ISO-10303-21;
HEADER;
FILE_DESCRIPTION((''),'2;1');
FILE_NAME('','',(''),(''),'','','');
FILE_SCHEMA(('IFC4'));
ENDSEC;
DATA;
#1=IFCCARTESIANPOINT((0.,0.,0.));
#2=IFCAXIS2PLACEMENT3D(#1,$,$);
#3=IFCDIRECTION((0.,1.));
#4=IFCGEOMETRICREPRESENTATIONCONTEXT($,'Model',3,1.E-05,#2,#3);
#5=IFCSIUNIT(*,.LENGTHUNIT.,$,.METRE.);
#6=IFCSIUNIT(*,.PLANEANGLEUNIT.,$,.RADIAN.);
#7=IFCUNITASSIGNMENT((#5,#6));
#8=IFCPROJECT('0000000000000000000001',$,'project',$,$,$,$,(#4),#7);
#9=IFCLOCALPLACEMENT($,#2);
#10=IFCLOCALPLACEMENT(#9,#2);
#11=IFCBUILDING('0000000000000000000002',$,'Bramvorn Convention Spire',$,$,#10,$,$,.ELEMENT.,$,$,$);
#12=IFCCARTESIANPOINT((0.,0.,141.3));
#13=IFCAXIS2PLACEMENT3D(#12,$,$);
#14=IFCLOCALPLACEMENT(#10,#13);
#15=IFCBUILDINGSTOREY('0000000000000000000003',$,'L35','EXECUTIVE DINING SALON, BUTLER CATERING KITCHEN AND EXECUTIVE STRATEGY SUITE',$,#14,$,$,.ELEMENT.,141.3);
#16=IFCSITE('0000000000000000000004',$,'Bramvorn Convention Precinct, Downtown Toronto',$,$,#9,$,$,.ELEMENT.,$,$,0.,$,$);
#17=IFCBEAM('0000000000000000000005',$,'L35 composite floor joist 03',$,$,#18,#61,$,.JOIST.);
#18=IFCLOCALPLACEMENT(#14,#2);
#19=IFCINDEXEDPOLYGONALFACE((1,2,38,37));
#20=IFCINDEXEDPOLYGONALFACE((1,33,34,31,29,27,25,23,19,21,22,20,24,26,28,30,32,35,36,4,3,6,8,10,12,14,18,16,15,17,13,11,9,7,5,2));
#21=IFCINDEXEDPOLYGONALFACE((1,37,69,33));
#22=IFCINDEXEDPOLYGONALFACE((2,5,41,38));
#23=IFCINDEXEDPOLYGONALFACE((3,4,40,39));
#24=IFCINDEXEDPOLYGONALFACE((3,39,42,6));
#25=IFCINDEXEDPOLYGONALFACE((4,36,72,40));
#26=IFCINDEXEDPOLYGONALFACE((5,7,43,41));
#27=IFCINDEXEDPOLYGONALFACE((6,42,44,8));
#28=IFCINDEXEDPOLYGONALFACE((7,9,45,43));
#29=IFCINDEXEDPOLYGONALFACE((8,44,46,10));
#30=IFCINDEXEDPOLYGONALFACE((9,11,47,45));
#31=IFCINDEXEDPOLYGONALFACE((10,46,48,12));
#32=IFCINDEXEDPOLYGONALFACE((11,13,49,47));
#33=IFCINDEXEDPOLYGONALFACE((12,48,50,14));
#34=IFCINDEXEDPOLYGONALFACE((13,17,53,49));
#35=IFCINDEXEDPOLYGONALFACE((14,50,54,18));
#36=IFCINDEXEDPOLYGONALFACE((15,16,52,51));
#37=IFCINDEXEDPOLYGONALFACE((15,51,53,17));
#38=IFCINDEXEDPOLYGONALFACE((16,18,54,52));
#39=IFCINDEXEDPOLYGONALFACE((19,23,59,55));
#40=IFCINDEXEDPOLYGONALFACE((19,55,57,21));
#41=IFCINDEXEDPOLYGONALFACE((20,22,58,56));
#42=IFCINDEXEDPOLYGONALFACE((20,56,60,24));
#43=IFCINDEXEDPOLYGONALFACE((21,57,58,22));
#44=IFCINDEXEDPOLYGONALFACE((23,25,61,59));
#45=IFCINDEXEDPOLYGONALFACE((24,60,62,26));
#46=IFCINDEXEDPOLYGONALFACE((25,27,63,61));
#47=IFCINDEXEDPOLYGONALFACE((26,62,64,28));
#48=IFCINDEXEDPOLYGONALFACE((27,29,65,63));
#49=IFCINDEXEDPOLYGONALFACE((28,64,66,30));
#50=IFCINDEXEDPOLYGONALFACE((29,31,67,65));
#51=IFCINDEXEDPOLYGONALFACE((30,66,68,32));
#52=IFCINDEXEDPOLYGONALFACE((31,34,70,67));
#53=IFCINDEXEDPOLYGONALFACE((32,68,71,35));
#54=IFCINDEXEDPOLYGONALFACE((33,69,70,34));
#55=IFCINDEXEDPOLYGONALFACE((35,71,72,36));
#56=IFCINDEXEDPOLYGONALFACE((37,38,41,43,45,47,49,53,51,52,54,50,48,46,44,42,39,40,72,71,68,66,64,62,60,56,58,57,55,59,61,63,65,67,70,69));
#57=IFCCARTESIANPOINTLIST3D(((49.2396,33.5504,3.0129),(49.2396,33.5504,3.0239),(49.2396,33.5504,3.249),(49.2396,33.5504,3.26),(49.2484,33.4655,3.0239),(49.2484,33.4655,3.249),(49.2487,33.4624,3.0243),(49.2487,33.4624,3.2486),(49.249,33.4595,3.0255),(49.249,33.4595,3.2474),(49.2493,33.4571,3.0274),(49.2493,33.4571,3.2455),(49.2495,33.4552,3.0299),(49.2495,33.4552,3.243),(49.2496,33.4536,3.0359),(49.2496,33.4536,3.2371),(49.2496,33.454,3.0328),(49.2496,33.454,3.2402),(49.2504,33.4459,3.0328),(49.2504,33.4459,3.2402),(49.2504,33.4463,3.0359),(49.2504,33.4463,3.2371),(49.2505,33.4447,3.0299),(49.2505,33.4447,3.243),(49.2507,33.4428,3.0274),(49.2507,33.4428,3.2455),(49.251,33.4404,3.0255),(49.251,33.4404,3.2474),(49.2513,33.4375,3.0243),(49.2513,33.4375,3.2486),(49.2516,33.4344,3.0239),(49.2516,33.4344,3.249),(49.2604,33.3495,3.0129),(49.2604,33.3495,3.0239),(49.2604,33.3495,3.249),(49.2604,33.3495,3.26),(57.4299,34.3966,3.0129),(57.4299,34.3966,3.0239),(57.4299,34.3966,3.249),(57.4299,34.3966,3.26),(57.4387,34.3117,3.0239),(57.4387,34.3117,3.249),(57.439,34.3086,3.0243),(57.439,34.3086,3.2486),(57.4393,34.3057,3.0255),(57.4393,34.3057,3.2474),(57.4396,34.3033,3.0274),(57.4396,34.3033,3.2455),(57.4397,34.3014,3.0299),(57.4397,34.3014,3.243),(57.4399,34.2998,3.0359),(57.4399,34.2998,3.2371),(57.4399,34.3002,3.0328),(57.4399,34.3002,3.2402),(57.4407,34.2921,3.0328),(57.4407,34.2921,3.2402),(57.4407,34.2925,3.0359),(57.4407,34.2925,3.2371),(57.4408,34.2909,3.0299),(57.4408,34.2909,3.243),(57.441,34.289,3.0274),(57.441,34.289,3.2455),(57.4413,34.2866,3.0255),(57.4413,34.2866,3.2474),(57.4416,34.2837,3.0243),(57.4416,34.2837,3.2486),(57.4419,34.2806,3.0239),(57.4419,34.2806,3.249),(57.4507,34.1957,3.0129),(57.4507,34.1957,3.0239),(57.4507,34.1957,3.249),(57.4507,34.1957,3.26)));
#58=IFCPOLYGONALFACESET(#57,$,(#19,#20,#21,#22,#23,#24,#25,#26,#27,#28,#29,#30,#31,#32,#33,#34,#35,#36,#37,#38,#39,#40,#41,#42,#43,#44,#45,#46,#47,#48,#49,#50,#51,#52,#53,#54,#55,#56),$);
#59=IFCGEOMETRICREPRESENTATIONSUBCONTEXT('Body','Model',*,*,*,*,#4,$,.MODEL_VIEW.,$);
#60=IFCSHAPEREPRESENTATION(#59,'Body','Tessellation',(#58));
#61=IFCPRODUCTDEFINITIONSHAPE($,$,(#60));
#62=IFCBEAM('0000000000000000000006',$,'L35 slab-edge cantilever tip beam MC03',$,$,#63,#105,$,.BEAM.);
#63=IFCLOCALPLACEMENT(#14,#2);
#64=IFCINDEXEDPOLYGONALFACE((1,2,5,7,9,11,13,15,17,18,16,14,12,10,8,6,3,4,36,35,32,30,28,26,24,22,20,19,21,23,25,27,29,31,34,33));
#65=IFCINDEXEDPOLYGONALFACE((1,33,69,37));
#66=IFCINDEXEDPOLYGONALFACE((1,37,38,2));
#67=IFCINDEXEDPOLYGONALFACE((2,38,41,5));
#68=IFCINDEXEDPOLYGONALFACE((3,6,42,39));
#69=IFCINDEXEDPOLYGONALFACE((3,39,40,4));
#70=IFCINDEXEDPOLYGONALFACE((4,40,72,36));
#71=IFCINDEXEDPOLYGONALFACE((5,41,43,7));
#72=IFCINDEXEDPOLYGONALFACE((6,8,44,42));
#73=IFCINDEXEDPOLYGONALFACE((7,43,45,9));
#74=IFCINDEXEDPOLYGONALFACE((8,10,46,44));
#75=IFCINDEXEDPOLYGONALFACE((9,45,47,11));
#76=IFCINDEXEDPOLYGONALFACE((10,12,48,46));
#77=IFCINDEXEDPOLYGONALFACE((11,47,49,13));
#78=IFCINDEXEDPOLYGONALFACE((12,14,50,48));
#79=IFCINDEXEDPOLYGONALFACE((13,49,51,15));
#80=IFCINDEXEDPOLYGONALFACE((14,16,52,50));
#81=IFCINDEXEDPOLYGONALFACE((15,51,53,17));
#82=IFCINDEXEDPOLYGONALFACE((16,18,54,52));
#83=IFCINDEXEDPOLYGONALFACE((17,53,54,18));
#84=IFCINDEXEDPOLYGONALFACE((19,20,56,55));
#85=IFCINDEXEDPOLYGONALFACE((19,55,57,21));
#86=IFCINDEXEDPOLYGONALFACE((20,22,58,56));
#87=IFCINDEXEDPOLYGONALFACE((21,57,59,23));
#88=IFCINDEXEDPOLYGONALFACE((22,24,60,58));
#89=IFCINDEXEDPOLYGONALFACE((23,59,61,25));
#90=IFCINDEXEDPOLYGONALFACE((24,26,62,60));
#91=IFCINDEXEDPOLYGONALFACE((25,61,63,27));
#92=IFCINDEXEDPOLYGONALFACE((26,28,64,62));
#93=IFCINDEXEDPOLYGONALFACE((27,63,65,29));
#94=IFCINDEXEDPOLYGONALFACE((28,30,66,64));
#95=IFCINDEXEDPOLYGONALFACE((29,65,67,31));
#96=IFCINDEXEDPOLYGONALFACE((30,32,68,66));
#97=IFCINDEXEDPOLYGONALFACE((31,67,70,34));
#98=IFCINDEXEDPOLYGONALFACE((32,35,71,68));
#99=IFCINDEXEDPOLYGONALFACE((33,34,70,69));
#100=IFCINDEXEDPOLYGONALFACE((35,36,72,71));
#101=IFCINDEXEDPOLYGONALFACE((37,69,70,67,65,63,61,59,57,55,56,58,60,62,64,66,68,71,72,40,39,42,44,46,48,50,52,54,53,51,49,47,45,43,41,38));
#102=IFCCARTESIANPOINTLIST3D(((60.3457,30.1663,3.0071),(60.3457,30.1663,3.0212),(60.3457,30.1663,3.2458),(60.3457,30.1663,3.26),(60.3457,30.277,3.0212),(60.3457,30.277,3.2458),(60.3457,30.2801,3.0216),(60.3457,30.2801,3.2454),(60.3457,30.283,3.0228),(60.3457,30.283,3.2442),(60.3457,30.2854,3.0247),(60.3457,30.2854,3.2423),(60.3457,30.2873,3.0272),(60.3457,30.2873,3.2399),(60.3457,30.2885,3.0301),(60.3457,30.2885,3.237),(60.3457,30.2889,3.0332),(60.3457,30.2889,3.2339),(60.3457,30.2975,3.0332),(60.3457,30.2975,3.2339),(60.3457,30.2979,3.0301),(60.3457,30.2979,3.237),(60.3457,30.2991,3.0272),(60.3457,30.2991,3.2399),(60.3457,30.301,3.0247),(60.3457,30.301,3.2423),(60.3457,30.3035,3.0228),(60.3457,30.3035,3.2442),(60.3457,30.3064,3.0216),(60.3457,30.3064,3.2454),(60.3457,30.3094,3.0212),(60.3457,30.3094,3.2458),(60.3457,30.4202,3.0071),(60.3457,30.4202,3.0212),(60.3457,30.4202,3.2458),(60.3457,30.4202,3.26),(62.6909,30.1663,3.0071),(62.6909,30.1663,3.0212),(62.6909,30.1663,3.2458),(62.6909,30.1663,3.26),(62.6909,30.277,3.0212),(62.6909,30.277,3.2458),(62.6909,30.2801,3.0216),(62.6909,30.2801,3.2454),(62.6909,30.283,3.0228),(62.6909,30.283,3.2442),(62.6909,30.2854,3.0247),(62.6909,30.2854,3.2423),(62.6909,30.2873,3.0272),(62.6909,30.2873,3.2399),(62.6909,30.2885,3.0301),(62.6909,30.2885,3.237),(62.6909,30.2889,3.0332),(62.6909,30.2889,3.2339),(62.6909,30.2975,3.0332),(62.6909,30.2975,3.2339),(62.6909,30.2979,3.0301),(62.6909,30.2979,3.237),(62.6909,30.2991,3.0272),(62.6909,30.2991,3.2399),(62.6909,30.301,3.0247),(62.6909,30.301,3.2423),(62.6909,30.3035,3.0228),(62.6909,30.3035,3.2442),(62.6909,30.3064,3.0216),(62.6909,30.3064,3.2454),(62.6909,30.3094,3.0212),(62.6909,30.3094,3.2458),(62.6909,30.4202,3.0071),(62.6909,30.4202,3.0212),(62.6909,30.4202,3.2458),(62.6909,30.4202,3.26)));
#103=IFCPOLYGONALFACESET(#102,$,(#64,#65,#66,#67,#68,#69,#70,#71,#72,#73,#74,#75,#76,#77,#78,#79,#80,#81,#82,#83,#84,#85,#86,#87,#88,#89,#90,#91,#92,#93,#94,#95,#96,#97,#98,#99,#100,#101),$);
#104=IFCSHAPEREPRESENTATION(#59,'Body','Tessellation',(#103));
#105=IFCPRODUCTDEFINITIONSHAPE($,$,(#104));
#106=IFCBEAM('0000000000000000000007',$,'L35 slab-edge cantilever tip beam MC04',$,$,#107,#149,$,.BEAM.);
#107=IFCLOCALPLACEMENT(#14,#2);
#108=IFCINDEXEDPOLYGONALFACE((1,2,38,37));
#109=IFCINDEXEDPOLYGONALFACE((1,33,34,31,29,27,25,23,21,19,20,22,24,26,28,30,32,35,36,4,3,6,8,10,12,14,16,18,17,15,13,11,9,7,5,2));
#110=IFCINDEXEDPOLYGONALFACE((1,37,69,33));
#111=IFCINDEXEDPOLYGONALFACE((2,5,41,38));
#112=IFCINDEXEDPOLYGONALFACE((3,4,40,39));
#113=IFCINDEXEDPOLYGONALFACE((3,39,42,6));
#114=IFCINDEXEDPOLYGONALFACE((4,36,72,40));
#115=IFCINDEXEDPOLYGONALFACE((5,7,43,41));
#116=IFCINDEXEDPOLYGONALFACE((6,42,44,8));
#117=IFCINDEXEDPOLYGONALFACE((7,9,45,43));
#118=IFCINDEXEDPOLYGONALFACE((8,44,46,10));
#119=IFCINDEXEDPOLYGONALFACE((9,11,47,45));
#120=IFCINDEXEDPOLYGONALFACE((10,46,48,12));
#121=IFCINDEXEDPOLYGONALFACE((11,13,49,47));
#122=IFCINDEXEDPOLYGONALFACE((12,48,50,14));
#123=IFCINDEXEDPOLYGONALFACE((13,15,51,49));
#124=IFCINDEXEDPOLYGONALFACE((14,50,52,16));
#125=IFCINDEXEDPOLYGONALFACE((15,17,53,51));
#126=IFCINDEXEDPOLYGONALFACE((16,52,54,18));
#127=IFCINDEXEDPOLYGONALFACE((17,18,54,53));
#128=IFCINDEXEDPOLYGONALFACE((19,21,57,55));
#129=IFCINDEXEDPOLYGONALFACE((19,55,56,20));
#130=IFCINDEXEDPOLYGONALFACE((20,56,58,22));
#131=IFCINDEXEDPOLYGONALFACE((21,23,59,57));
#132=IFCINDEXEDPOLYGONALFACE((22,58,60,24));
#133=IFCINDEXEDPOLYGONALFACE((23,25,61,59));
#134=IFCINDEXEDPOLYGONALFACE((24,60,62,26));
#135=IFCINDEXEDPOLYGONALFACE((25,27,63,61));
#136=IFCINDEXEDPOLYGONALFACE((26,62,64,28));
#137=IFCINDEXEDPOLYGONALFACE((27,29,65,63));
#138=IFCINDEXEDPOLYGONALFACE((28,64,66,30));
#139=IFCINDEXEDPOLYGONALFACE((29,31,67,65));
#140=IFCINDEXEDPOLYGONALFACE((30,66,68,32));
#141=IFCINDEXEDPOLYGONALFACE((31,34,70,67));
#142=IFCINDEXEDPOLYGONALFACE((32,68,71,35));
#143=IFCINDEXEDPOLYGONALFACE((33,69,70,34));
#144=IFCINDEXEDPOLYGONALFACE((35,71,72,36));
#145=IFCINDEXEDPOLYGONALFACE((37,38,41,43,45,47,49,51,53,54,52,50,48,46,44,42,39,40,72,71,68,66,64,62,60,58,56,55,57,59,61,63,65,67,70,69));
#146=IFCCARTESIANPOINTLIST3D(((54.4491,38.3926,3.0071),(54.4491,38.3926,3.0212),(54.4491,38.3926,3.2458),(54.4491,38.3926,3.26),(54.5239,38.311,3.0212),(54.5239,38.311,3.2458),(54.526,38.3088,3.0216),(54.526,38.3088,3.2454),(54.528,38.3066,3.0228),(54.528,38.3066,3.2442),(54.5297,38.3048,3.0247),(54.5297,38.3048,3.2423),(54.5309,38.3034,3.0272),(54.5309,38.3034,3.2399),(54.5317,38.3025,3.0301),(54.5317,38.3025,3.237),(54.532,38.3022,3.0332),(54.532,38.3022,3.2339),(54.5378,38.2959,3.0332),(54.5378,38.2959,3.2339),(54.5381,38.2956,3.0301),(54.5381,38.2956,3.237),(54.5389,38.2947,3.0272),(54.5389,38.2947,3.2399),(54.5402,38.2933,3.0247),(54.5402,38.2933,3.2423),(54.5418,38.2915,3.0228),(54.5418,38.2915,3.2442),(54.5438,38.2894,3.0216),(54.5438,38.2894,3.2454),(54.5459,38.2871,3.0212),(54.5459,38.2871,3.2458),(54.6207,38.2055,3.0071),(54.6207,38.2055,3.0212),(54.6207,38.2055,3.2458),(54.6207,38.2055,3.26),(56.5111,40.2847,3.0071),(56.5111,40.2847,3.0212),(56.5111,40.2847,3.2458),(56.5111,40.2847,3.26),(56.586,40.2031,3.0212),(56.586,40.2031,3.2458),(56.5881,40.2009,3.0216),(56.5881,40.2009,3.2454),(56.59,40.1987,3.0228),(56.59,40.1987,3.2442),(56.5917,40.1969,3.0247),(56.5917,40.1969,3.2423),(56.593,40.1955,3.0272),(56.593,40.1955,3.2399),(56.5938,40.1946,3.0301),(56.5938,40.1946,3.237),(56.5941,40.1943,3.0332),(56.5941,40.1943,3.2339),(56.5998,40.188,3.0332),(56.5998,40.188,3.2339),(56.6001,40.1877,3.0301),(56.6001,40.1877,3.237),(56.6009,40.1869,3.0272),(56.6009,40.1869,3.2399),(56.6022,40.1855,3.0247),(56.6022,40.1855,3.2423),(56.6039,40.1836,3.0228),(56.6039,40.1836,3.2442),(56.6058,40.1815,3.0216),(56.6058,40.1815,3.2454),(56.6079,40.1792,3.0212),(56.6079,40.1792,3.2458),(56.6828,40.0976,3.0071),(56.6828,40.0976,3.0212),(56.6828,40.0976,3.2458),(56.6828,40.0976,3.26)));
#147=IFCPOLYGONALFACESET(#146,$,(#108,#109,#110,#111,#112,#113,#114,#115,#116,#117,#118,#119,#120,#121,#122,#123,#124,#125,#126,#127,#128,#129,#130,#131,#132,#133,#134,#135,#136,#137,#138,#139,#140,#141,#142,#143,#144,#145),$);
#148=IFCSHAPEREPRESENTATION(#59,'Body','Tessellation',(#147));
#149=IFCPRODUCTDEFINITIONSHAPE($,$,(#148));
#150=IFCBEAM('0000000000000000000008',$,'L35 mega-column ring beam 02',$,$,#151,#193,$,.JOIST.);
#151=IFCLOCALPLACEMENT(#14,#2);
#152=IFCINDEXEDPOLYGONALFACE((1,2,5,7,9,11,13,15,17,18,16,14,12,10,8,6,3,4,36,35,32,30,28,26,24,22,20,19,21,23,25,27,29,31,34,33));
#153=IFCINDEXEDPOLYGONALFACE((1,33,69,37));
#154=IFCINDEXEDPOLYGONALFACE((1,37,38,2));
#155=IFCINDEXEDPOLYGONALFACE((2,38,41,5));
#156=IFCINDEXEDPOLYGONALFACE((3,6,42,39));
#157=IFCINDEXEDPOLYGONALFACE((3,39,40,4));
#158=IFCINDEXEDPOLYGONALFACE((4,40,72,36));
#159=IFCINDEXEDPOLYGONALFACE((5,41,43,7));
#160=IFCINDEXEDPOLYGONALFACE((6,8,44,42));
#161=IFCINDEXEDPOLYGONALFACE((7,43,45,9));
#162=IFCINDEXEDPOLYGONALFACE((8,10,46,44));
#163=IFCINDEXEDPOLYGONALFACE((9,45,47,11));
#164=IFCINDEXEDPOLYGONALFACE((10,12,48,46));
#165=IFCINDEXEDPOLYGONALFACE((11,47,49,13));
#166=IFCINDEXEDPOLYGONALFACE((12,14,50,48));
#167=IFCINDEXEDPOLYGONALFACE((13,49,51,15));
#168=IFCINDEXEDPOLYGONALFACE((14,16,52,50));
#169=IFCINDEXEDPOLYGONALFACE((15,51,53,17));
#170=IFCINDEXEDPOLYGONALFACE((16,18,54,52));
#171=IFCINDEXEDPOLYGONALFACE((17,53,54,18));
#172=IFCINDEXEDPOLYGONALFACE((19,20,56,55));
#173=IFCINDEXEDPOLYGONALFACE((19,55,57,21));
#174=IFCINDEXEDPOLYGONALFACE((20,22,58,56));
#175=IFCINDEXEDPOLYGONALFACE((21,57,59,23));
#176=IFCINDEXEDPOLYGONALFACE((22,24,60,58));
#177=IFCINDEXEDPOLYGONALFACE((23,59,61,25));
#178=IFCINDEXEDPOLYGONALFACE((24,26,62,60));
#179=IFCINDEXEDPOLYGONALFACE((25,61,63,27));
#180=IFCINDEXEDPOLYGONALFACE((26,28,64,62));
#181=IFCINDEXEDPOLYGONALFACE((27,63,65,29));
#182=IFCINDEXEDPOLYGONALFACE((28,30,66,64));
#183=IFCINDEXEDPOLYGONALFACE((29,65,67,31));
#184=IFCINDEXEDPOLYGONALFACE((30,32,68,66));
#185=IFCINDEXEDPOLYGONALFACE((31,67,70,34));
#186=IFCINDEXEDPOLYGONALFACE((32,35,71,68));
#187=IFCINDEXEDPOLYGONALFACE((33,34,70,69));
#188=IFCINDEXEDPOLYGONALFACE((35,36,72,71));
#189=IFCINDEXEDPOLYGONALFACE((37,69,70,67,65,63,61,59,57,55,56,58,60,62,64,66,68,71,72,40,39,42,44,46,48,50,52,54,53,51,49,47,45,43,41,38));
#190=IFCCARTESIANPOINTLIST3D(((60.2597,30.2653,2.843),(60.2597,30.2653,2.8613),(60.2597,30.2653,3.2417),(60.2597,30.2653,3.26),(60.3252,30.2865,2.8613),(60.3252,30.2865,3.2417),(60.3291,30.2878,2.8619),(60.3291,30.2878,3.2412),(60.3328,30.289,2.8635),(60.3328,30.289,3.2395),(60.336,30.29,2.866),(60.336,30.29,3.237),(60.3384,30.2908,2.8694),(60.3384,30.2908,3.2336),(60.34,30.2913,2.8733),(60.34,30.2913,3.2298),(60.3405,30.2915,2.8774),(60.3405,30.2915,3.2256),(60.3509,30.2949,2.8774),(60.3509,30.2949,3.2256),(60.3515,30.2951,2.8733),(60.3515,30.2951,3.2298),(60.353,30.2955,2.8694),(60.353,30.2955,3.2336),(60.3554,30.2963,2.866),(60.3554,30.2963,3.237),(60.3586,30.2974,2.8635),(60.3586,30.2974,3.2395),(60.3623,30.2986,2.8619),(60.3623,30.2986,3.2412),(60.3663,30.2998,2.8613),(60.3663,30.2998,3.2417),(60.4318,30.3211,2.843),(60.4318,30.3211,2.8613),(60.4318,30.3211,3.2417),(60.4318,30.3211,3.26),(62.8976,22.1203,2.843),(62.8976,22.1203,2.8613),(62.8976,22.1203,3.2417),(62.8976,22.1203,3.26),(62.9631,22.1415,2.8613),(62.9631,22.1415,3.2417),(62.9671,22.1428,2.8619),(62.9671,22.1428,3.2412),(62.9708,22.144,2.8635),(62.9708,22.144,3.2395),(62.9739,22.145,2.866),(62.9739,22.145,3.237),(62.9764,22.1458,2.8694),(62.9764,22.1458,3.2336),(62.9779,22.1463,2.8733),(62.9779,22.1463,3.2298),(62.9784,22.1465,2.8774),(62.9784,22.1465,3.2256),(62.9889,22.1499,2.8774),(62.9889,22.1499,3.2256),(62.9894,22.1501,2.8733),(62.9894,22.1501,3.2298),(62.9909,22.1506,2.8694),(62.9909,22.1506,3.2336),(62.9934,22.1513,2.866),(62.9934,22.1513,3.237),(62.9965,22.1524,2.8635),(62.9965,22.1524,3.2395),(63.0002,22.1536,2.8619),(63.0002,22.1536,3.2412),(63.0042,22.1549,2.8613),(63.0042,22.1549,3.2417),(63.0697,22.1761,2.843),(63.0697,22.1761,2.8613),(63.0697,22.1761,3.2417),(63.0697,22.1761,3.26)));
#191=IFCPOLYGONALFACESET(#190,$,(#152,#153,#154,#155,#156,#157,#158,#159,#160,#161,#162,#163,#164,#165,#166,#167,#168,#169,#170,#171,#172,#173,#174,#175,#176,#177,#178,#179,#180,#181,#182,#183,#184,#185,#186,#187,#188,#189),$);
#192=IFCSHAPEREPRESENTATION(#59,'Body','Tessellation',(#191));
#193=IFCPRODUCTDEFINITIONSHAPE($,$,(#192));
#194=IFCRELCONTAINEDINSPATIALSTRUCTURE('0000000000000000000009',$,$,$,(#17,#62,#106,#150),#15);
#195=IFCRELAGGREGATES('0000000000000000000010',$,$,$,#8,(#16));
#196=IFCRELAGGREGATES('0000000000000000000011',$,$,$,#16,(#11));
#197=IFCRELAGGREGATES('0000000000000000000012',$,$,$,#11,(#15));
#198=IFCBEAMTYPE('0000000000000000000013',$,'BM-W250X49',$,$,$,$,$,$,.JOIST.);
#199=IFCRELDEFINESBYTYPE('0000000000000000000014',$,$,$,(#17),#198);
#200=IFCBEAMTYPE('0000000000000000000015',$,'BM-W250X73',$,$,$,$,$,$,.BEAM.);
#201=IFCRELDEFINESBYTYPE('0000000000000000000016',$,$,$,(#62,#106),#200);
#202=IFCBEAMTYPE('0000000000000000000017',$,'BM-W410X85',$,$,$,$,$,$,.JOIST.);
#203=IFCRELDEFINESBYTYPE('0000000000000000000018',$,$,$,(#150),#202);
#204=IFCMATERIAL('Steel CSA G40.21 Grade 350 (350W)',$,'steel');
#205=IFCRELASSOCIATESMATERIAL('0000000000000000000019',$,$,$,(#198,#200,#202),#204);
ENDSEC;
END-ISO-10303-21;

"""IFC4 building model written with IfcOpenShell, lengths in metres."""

from ifc_helpers import new_model, si_unit, direction, frame, origin, origin_2d, place, context, subcontext, project, spatial, i_section, extrude, material, material_profile, profile_set, type_object, element, save


model = new_model("IFC4")

# Units and contexts
model_context = context("Model", 3, precision=1e-05, world=origin(), true_north=direction((0.0, 1.0)))
body_context = subcontext(model_context, "Body", "Model", "MODEL_VIEW")
ifc_project = project(units=[si_unit("LENGTHUNIT", "METRE"), si_unit("PLANEANGLEUNIT", "RADIAN")], contexts=[model_context])

# Site, building, storey
site_placement = place(None, origin())
site = spatial("IfcSite", under=ifc_project, at=site_placement, Name="Bramvorn Convention Precinct, Downtown Toronto", CompositionType="ELEMENT", RefElevation=0.0)
building_placement = place(site_placement, origin())
building = spatial("IfcBuilding", under=site, at=building_placement, Name="Bramvorn Convention Spire", CompositionType="ELEMENT")
storey_placement = place(building_placement, frame((0.0, 0.0, 141.3)))
storey = spatial("IfcBuildingStorey", under=building, at=storey_placement, Name="L35", Description="EXECUTIVE DINING SALON, BUTLER CATERING KITCHEN AND EXECUTIVE STRATEGY SUITE", CompositionType="ELEMENT", Elevation=141.3)

# Shared definitions
ifc_material_1 = material(Name="Steel CSA G40.21 Grade 350 (350W)", Category="steel")

# Beams
ifc_material_profile_1 = material_profile(ifc_material_1, i_section(OverallWidth=0.2019, OverallDepth=0.2471, WebThickness=0.0073, FlangeThickness=0.011, FilletRadius=0.012, at=origin_2d()))
ifc_profile_set_1 = profile_set([ifc_material_profile_1], Name="Steel CSA G40.21 Grade 350 (350W) - W250X49")
beam_type_1 = type_object("IfcBeamType", Name="BM-W250X49", PredefinedType="JOIST", material=ifc_profile_set_1)
beam_1_placement = place(storey_placement, frame((49.25, 33.45, 3.1365), z_axis=(0.994705, 0.102771, 0.0), x_axis=(-0.102771, 0.994705, 0.0)))
element("IfcBeam", 1, at=beam_1_placement, inside=storey, type_object=beam_type_1, Name="L35 composite floor joist 03", PredefinedType="JOIST", context=body_context, shape_type="SweptSolid", body=[
    extrude(i_section(OverallWidth=0.2019, OverallDepth=0.2471, WebThickness=0.0073, FlangeThickness=0.011, FilletRadius=0.012, at=origin_2d()), origin(), (0.0, 0.0, 1.0), 8.2339),
])
ifc_material_profile_2 = material_profile(ifc_material_1, i_section(OverallWidth=0.2539, OverallDepth=0.2529, WebThickness=0.0085, FlangeThickness=0.0142, FilletRadius=0.012, at=origin_2d()))
ifc_profile_set_2 = profile_set([ifc_material_profile_2], Name="Steel CSA G40.21 Grade 350 (350W) - W250X73")
beam_type_2 = type_object("IfcBeamType", Name="BM-W250X73", PredefinedType="BEAM", material=ifc_profile_set_2)
beam_2_placement = place(storey_placement, frame((60.3457, 30.2932, 3.1335), z_axis=(1.0, 0.0, 0.0), x_axis=(0.0, 1.0, 0.0)))
element("IfcBeam", 2, at=beam_2_placement, inside=storey, type_object=beam_type_2, Name="L35 slab-edge cantilever tip beam MC03", PredefinedType="BEAM", context=body_context, shape_type="SweptSolid", body=[
    extrude(i_section(OverallWidth=0.2539, OverallDepth=0.2529, WebThickness=0.0085, FlangeThickness=0.0142, FilletRadius=0.012, at=origin_2d()), origin(), (0.0, 0.0, 1.0), 2.3452),
])
beam_3_placement = place(storey_placement, frame((54.5349, 38.2991, 3.1335), z_axis=(0.736814, 0.676096, 0.0), x_axis=(-0.676096, 0.736814, 0.0)))
element("IfcBeam", 3, at=beam_3_placement, inside=storey, type_object=beam_type_2, Name="L35 slab-edge cantilever tip beam MC04", PredefinedType="BEAM", context=body_context, shape_type="SweptSolid", body=[
    extrude(i_section(OverallWidth=0.2539, OverallDepth=0.2529, WebThickness=0.0085, FlangeThickness=0.0142, FilletRadius=0.012, at=origin_2d()), origin(), (0.0, 0.0, 1.0), 2.7986),
])
ifc_material_profile_3 = material_profile(ifc_material_1, i_section(OverallWidth=0.1809, OverallDepth=0.417, WebThickness=0.011, FlangeThickness=0.0183, FilletRadius=0.0161, at=origin_2d()))
ifc_profile_set_3 = profile_set([ifc_material_profile_3], Name="Steel CSA G40.21 Grade 350 (350W) - W410X85")
beam_type_3 = type_object("IfcBeamType", Name="BM-W410X85", PredefinedType="JOIST", material=ifc_profile_set_3)
beam_4_placement = place(storey_placement, frame((62.9836, 22.1482, 3.0515), z_axis=(-0.308115, 0.951349, 0.0), x_axis=(-0.951349, -0.308115, 0.0)))
element("IfcBeam", 4, at=beam_4_placement, inside=storey, type_object=beam_type_3, Name="L35 mega-column ring beam 02", PredefinedType="JOIST", context=body_context, shape_type="SweptSolid", body=[
    extrude(i_section(OverallWidth=0.1809, OverallDepth=0.417, WebThickness=0.011, FlangeThickness=0.0183, FilletRadius=0.0161, at=origin_2d()), origin(), (0.0, 0.0, 1.0), 8.5615),
])

save(model, "model.ifc")
